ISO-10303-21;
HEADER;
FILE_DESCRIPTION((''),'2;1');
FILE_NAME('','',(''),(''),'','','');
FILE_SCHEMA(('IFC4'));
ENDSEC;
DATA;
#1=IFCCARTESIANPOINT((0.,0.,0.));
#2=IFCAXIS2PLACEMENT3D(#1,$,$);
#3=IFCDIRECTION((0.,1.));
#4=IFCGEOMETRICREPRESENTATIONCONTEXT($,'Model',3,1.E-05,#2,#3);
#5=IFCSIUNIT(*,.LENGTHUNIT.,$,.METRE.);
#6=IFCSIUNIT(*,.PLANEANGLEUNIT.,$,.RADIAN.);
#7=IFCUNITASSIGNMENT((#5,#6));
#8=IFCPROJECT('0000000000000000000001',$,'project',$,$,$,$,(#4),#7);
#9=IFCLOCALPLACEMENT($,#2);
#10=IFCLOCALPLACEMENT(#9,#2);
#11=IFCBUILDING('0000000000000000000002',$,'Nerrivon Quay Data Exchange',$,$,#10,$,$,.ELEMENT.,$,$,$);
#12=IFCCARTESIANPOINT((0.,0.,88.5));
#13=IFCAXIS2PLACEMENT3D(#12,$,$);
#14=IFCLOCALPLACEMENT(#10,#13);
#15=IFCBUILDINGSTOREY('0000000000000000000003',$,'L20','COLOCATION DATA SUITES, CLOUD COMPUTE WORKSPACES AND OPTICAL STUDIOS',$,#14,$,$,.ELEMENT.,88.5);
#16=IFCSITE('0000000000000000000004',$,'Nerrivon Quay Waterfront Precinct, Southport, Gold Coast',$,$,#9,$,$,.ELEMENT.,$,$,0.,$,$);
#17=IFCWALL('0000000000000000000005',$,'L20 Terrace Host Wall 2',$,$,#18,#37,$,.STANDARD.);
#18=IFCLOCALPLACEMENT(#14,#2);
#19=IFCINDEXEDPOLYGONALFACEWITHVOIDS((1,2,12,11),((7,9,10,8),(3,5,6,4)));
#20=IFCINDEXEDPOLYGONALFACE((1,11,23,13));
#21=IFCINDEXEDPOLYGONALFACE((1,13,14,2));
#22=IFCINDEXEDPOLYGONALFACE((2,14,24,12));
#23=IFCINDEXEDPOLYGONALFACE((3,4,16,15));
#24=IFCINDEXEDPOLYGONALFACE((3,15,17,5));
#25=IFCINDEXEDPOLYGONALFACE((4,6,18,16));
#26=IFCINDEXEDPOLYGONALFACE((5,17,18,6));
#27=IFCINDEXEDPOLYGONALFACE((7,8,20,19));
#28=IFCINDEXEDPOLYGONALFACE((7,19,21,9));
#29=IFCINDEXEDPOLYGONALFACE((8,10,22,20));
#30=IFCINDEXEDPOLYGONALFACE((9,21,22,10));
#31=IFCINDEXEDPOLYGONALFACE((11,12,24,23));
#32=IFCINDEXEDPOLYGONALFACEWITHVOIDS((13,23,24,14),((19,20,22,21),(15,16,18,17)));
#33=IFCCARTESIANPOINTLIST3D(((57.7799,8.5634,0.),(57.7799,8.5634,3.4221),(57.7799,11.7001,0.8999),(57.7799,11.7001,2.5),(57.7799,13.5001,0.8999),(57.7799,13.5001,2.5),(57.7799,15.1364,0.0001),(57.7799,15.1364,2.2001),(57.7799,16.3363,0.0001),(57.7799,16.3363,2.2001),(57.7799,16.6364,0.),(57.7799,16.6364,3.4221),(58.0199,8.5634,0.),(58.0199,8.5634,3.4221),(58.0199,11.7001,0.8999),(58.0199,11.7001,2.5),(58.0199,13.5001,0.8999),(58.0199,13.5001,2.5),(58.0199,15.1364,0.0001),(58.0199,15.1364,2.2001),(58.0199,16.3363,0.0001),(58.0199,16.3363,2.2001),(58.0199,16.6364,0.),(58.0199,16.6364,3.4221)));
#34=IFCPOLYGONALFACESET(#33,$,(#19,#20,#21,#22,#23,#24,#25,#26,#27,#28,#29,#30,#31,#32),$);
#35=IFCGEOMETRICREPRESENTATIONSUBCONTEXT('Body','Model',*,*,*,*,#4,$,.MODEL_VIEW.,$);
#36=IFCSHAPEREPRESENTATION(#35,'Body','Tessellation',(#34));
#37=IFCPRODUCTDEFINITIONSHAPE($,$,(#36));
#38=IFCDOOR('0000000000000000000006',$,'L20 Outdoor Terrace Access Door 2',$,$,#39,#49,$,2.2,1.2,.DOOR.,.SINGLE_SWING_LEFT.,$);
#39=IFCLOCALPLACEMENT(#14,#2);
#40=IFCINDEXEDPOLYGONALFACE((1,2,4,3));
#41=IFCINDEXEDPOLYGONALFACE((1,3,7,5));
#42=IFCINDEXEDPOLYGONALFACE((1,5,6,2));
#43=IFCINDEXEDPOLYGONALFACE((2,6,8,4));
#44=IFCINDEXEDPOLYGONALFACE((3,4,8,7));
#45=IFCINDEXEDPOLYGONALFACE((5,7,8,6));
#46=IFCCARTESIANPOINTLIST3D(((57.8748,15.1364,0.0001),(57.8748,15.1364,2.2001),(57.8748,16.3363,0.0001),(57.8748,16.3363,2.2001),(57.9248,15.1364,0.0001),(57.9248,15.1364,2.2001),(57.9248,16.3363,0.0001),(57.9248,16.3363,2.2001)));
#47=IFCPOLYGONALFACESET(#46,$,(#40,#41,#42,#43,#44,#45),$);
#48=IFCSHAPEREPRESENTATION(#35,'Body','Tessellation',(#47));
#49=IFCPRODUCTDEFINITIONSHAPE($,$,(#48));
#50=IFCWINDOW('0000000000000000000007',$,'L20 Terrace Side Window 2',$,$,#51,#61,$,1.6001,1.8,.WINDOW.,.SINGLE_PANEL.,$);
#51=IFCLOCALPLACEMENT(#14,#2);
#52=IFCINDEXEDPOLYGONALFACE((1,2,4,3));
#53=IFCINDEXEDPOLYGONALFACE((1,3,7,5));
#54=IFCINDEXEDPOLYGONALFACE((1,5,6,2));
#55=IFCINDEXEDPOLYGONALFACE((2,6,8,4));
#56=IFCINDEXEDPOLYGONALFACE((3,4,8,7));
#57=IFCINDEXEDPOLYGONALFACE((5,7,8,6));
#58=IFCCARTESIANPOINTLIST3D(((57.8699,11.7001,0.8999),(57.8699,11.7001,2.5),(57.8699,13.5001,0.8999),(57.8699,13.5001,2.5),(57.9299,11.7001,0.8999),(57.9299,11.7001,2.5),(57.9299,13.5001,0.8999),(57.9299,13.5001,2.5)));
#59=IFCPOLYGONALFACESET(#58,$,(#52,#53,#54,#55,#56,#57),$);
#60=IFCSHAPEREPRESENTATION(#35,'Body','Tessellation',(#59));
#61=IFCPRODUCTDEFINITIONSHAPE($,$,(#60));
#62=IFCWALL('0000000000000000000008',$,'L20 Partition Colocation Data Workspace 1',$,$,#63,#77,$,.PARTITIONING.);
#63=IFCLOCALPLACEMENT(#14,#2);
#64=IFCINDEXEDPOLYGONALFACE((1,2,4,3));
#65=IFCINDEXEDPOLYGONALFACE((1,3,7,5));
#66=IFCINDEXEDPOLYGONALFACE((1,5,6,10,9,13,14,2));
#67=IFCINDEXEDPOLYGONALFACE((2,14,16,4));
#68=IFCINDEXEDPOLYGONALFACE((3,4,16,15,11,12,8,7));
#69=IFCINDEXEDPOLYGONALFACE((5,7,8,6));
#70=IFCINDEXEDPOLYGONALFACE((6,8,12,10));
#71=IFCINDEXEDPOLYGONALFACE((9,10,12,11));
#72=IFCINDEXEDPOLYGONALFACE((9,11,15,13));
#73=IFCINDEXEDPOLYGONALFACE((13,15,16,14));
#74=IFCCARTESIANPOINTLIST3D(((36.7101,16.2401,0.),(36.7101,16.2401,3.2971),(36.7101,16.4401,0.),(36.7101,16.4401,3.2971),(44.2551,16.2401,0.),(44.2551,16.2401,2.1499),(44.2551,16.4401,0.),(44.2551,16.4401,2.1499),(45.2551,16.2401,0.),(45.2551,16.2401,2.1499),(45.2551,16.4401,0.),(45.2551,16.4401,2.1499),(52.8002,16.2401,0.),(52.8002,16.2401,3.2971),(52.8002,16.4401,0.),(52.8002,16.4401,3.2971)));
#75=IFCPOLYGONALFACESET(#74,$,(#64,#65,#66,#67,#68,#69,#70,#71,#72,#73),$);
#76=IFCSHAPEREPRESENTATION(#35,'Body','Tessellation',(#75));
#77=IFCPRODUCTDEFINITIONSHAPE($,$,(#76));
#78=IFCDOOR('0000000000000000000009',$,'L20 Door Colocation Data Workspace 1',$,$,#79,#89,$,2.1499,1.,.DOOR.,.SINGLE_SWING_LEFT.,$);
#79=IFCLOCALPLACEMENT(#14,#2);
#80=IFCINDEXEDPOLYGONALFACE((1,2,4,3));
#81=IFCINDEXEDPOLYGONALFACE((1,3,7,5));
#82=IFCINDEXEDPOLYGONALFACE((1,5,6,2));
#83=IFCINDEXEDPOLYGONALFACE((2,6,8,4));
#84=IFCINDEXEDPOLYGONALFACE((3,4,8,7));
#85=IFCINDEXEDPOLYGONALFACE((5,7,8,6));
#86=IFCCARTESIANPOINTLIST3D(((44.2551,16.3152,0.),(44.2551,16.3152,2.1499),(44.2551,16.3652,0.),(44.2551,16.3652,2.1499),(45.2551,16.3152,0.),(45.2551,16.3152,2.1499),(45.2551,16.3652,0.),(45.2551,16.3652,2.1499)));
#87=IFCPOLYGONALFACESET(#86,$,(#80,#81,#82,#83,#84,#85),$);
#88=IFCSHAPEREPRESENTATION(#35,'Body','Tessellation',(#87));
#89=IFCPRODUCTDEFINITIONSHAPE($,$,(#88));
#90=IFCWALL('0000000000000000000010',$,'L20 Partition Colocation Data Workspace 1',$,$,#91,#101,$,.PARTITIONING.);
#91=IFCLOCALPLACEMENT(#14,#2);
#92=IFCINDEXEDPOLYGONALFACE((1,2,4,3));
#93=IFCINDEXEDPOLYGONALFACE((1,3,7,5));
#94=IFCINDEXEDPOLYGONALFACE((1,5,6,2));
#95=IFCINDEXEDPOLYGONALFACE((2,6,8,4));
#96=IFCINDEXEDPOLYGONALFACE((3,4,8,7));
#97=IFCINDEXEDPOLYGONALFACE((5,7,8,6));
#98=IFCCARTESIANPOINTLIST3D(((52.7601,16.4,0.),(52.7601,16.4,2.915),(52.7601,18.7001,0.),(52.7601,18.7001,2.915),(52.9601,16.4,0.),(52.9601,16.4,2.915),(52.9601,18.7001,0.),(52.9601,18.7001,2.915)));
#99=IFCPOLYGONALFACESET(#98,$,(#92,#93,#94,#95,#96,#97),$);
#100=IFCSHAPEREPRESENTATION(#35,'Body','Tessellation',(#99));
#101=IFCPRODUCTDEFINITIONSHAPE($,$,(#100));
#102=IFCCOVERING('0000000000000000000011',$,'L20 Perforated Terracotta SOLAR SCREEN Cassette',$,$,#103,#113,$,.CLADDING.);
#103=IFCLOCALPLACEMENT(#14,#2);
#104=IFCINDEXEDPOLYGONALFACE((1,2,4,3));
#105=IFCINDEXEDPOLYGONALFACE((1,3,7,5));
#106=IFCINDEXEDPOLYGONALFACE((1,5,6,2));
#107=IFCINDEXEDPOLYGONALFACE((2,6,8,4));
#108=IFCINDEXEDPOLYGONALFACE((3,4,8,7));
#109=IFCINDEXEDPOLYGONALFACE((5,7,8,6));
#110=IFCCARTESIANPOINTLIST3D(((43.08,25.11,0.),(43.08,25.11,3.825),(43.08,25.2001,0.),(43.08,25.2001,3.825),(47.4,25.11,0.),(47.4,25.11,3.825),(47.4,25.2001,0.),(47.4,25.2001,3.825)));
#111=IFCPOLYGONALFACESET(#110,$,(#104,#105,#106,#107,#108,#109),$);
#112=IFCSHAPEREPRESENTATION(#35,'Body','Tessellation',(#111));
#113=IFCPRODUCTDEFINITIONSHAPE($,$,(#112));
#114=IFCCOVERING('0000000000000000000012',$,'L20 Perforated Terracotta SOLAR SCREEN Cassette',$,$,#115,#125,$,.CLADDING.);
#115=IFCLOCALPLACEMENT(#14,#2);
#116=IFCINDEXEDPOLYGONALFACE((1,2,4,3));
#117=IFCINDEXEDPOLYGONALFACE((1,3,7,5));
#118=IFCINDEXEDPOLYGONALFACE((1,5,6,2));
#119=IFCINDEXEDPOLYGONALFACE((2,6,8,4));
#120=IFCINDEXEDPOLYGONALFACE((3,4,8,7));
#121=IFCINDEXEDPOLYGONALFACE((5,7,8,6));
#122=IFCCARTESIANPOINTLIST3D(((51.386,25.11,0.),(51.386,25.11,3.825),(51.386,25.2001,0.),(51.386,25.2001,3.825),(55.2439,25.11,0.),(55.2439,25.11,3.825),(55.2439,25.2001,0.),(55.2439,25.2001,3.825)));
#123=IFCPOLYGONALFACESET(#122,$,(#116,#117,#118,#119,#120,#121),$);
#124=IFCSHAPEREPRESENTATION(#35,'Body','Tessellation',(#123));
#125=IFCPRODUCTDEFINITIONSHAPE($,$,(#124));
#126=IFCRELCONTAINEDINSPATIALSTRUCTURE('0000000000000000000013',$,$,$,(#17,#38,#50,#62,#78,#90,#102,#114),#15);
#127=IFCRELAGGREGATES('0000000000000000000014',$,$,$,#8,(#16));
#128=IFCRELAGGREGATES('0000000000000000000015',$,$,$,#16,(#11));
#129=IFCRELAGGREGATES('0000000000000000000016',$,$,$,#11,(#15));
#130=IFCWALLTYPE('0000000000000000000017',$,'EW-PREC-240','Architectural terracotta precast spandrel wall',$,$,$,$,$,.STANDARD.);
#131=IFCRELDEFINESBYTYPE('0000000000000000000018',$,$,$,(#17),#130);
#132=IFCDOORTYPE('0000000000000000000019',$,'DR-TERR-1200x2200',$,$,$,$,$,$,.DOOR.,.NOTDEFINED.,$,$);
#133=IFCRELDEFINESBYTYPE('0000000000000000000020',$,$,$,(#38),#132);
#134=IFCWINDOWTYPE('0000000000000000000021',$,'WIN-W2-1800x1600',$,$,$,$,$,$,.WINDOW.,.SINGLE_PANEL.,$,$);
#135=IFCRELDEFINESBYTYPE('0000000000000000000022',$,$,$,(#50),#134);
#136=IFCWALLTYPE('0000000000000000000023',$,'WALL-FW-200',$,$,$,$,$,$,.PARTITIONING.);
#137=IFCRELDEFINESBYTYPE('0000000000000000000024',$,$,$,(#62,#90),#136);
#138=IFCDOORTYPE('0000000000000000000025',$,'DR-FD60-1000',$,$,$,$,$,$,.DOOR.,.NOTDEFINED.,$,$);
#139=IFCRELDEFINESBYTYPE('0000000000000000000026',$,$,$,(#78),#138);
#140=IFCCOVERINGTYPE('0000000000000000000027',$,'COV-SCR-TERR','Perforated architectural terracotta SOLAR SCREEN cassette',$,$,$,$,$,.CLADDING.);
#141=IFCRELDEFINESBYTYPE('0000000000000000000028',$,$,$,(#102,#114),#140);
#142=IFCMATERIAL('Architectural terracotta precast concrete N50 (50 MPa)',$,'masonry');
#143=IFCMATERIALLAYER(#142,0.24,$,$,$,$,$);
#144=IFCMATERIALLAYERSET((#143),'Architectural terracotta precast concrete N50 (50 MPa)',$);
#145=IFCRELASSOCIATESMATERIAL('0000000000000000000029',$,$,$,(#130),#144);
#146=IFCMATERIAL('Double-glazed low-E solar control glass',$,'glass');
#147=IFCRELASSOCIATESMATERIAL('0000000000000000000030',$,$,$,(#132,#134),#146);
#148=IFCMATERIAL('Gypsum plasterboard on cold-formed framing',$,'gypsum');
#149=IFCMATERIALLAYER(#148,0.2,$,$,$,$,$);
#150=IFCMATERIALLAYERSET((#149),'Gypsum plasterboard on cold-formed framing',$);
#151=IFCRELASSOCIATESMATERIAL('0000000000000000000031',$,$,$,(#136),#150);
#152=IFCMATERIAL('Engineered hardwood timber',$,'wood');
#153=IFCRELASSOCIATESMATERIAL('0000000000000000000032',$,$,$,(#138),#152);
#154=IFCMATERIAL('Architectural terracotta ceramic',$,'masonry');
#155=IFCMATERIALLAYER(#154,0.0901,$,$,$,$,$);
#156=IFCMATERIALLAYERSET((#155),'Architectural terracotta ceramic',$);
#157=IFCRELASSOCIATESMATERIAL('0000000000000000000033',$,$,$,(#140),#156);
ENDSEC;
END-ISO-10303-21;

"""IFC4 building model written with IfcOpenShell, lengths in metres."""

from ifc_helpers import new_model, si_unit, direction, frame, frame_2d, origin, origin_2d, place, context, subcontext, project, spatial, rectangle, extrude, material, layer, layer_set, type_object, element, fill, save


model = new_model("IFC4")

# Units and contexts
model_context = context("Model", 3, precision=1e-05, world=origin(), true_north=direction((0.0, 1.0)))
body_context = subcontext(model_context, "Body", "Model", "MODEL_VIEW")
ifc_project = project(units=[si_unit("LENGTHUNIT", "METRE"), si_unit("PLANEANGLEUNIT", "RADIAN")], contexts=[model_context])

# Site, building, storey
site_placement = place(None, origin())
site = spatial("IfcSite", under=ifc_project, at=site_placement, Name="Nerrivon Quay Waterfront Precinct, Southport, Gold Coast", CompositionType="ELEMENT", RefElevation=0.0)
building_placement = place(site_placement, origin())
building = spatial("IfcBuilding", under=site, at=building_placement, Name="Nerrivon Quay Data Exchange", CompositionType="ELEMENT")
storey_placement = place(building_placement, frame((0.0, 0.0, 88.5)))
storey = spatial("IfcBuildingStorey", under=building, at=storey_placement, Name="L20", Description="COLOCATION DATA SUITES, CLOUD COMPUTE WORKSPACES AND OPTICAL STUDIOS", CompositionType="ELEMENT", Elevation=88.5)

# Shared definitions
ifc_material_1 = material(Name="Double-glazed low-E solar control glass", Category="glass")

# Wall, openings, door, window
ifc_material_2 = material(Name="Architectural terracotta precast concrete N50 (50 MPa)", Category="masonry")
ifc_layer_1 = layer(ifc_material_2, 0.24)
ifc_layer_set_1 = layer_set([ifc_layer_1], Name="Architectural terracotta precast concrete N50 (50 MPa)")
wall_type_1 = type_object("IfcWallType", Name="EW-PREC-240", Description="Architectural terracotta precast spandrel wall", PredefinedType="STANDARD", material=ifc_layer_set_1)
door_type_1 = type_object("IfcDoorType", Name="DR-TERR-1200x2200", OperationType="NOTDEFINED", PredefinedType="DOOR", material=ifc_material_1)
wall_1_placement = place(storey_placement, frame((57.8999, 16.6365, 0.0), z_axis=(0.0, 0.0, 1.0), x_axis=(0.0, -1.0, 0.0)))
wall_1 = element("IfcWall", 1, at=wall_1_placement, inside=storey, type_object=wall_type_1, Name="L20 Terrace Host Wall 2", PredefinedType="STANDARD", context=body_context, shape_type="SweptSolid", body=[
    extrude(rectangle(XDim=8.073, YDim=0.24, at=frame_2d((4.0366, 0.0))), origin(), (0.0, 0.0, 1.0), 3.4221),
])
opening_1_placement = place(wall_1_placement, frame((0.3, 0.0, 0.0)))
opening_1 = element("IfcOpeningElement", 2, at=opening_1_placement, cuts=wall_1, PredefinedType="OPENING", context=body_context, shape_type="SweptSolid", body=[
    extrude(rectangle(XDim=1.2, YDim=2.2, at=frame_2d((0.6001, 1.1001))), frame((0.0, 0.1299, 0.0), z_axis=(0.0, -1.0, 0.0), x_axis=(1.0, 0.0, 0.0)), (0.0, 0.0, 1.0), 0.26),
])
opening_2_placement = place(wall_1_placement, frame((3.1365, 0.0, 0.8999)))
opening_2 = element("IfcOpeningElement", 3, at=opening_2_placement, cuts=wall_1, PredefinedType="OPENING", context=body_context, shape_type="SweptSolid", body=[
    extrude(rectangle(XDim=1.8, YDim=1.6001, at=frame_2d((0.8999, 0.8))), frame((0.0, 0.1299, 0.0), z_axis=(0.0, -1.0, 0.0), x_axis=(1.0, 0.0, 0.0)), (0.0, 0.0, 1.0), 0.26),
])
door_1_placement = place(opening_1_placement, origin())
door_1 = element("IfcDoor", 4, at=door_1_placement, inside=storey, type_object=door_type_1, Name="L20 Outdoor Terrace Access Door 2", OperationType="SINGLE_SWING_LEFT", OverallHeight=2.2, OverallWidth=1.2, PredefinedType="DOOR", context=body_context, shape_type="SweptSolid", body=[
    extrude(rectangle(XDim=1.2, YDim=2.2, at=frame_2d((0.6001, 1.1001))), frame((0.0, 0.0249, 0.0), z_axis=(0.0, -1.0, 0.0), x_axis=(1.0, 0.0, 0.0)), (0.0, 0.0, 1.0), 0.05),
])
fill(opening_1, door_1)
window_type_1 = type_object("IfcWindowType", Name="WIN-W2-1800x1600", PartitioningType="SINGLE_PANEL", PredefinedType="WINDOW", material=ifc_material_1)
window_1_placement = place(opening_2_placement, origin())
window_1 = element("IfcWindow", 5, at=window_1_placement, inside=storey, type_object=window_type_1, Name="L20 Terrace Side Window 2", OverallHeight=1.6001, OverallWidth=1.8, PartitioningType="SINGLE_PANEL", PredefinedType="WINDOW", context=body_context, shape_type="SweptSolid", body=[
    extrude(rectangle(XDim=1.8, YDim=1.6001, at=frame_2d((0.8999, 0.8))), frame((0.0, 0.03, 0.0), z_axis=(0.0, -1.0, 0.0), x_axis=(1.0, 0.0, 0.0)), (0.0, 0.0, 1.0), 0.0601),
])
fill(opening_2, window_1)

# Wall, opening, door
ifc_material_3 = material(Name="Gypsum plasterboard on cold-formed framing", Category="gypsum")
ifc_layer_2 = layer(ifc_material_3, 0.2)
ifc_layer_set_2 = layer_set([ifc_layer_2], Name="Gypsum plasterboard on cold-formed framing")
wall_type_2 = type_object("IfcWallType", Name="WALL-FW-200", PredefinedType="PARTITIONING", material=ifc_layer_set_2)
wall_2_placement = place(storey_placement, frame((52.8, 16.3401, 0.0), z_axis=(0.0, 0.0, 1.0), x_axis=(-1.0, 0.0, 0.0)))
wall_2 = element("IfcWall", 6, at=wall_2_placement, inside=storey, type_object=wall_type_2, Name="L20 Partition Colocation Data Workspace 1", PredefinedType="PARTITIONING", context=body_context, shape_type="SweptSolid", body=[
    extrude(rectangle(XDim=16.0901, YDim=0.2, at=frame_2d((8.0449, 0.0))), origin(), (0.0, 0.0, 1.0), 3.2971),
])
opening_3_placement = place(wall_2_placement, frame((7.5449, 0.0, 0.0)))
opening_3 = element("IfcOpeningElement", 7, at=opening_3_placement, cuts=wall_2, PredefinedType="OPENING", context=body_context, shape_type="SweptSolid", body=[
    extrude(rectangle(XDim=1.0, YDim=2.1499, at=frame_2d((0.5, 1.075))), frame((0.0, 0.1099, 0.0), z_axis=(0.0, -1.0, 0.0), x_axis=(1.0, 0.0, 0.0)), (0.0, 0.0, 1.0), 0.22),
])
ifc_material_4 = material(Name="Engineered hardwood timber", Category="wood")
door_type_2 = type_object("IfcDoorType", Name="DR-FD60-1000", OperationType="NOTDEFINED", PredefinedType="DOOR", material=ifc_material_4)
door_2_placement = place(opening_3_placement, origin())
door_2 = element("IfcDoor", 8, at=door_2_placement, inside=storey, type_object=door_type_2, Name="L20 Door Colocation Data Workspace 1", OperationType="SINGLE_SWING_LEFT", OverallHeight=2.1499, OverallWidth=1.0, PredefinedType="DOOR", context=body_context, shape_type="SweptSolid", body=[
    extrude(rectangle(XDim=1.0, YDim=2.1499, at=frame_2d((0.5, 1.075))), frame((0.0, 0.0249, 0.0), z_axis=(0.0, -1.0, 0.0), x_axis=(1.0, 0.0, 0.0)), (0.0, 0.0, 1.0), 0.05),
])
fill(opening_3, door_2)

# Wall
wall_3_placement = place(storey_placement, frame((52.8601, 18.7, 0.0), z_axis=(0.0, 0.0, 1.0), x_axis=(0.0, -1.0, 0.0)))
element("IfcWall", 9, at=wall_3_placement, inside=storey, type_object=wall_type_2, Name="L20 Partition Colocation Data Workspace 1", PredefinedType="PARTITIONING", context=body_context, shape_type="SweptSolid", body=[
    extrude(rectangle(XDim=2.3, YDim=0.2, at=frame_2d((1.1499, 0.0))), origin(), (0.0, 0.0, 1.0), 2.915),
])

# Coverings
ifc_material_5 = material(Name="Architectural terracotta ceramic", Category="masonry")
ifc_layer_3 = layer(ifc_material_5, 0.0901)
ifc_layer_set_3 = layer_set([ifc_layer_3], Name="Architectural terracotta ceramic")
covering_type = type_object("IfcCoveringType", Name="COV-SCR-TERR", Description="Perforated architectural terracotta SOLAR SCREEN cassette", PredefinedType="CLADDING", material=ifc_layer_set_3)
covering_1_placement = place(storey_placement, frame((45.24, 25.155, 0.0), z_axis=(0.0, 0.0, 1.0), x_axis=(1.0, 0.0, 0.0)))
element("IfcCovering", 10, at=covering_1_placement, inside=storey, type_object=covering_type, Name="L20 Perforated Terracotta SOLAR SCREEN Cassette", PredefinedType="CLADDING", context=body_context, shape_type="SweptSolid", body=[
    extrude(rectangle(XDim=4.3201, YDim=0.0901, at=origin_2d()), origin(), (0.0, 0.0, 1.0), 3.825),
])
covering_2_placement = place(storey_placement, frame((53.3149, 25.155, 0.0), z_axis=(0.0, 0.0, 1.0), x_axis=(1.0, 0.0, 0.0)))
element("IfcCovering", 11, at=covering_2_placement, inside=storey, type_object=covering_type, Name="L20 Perforated Terracotta SOLAR SCREEN Cassette", PredefinedType="CLADDING", context=body_context, shape_type="SweptSolid", body=[
    extrude(rectangle(XDim=3.8579, YDim=0.0901, at=origin_2d()), origin(), (0.0, 0.0, 1.0), 3.825),
])

save(model, "model.ifc")
